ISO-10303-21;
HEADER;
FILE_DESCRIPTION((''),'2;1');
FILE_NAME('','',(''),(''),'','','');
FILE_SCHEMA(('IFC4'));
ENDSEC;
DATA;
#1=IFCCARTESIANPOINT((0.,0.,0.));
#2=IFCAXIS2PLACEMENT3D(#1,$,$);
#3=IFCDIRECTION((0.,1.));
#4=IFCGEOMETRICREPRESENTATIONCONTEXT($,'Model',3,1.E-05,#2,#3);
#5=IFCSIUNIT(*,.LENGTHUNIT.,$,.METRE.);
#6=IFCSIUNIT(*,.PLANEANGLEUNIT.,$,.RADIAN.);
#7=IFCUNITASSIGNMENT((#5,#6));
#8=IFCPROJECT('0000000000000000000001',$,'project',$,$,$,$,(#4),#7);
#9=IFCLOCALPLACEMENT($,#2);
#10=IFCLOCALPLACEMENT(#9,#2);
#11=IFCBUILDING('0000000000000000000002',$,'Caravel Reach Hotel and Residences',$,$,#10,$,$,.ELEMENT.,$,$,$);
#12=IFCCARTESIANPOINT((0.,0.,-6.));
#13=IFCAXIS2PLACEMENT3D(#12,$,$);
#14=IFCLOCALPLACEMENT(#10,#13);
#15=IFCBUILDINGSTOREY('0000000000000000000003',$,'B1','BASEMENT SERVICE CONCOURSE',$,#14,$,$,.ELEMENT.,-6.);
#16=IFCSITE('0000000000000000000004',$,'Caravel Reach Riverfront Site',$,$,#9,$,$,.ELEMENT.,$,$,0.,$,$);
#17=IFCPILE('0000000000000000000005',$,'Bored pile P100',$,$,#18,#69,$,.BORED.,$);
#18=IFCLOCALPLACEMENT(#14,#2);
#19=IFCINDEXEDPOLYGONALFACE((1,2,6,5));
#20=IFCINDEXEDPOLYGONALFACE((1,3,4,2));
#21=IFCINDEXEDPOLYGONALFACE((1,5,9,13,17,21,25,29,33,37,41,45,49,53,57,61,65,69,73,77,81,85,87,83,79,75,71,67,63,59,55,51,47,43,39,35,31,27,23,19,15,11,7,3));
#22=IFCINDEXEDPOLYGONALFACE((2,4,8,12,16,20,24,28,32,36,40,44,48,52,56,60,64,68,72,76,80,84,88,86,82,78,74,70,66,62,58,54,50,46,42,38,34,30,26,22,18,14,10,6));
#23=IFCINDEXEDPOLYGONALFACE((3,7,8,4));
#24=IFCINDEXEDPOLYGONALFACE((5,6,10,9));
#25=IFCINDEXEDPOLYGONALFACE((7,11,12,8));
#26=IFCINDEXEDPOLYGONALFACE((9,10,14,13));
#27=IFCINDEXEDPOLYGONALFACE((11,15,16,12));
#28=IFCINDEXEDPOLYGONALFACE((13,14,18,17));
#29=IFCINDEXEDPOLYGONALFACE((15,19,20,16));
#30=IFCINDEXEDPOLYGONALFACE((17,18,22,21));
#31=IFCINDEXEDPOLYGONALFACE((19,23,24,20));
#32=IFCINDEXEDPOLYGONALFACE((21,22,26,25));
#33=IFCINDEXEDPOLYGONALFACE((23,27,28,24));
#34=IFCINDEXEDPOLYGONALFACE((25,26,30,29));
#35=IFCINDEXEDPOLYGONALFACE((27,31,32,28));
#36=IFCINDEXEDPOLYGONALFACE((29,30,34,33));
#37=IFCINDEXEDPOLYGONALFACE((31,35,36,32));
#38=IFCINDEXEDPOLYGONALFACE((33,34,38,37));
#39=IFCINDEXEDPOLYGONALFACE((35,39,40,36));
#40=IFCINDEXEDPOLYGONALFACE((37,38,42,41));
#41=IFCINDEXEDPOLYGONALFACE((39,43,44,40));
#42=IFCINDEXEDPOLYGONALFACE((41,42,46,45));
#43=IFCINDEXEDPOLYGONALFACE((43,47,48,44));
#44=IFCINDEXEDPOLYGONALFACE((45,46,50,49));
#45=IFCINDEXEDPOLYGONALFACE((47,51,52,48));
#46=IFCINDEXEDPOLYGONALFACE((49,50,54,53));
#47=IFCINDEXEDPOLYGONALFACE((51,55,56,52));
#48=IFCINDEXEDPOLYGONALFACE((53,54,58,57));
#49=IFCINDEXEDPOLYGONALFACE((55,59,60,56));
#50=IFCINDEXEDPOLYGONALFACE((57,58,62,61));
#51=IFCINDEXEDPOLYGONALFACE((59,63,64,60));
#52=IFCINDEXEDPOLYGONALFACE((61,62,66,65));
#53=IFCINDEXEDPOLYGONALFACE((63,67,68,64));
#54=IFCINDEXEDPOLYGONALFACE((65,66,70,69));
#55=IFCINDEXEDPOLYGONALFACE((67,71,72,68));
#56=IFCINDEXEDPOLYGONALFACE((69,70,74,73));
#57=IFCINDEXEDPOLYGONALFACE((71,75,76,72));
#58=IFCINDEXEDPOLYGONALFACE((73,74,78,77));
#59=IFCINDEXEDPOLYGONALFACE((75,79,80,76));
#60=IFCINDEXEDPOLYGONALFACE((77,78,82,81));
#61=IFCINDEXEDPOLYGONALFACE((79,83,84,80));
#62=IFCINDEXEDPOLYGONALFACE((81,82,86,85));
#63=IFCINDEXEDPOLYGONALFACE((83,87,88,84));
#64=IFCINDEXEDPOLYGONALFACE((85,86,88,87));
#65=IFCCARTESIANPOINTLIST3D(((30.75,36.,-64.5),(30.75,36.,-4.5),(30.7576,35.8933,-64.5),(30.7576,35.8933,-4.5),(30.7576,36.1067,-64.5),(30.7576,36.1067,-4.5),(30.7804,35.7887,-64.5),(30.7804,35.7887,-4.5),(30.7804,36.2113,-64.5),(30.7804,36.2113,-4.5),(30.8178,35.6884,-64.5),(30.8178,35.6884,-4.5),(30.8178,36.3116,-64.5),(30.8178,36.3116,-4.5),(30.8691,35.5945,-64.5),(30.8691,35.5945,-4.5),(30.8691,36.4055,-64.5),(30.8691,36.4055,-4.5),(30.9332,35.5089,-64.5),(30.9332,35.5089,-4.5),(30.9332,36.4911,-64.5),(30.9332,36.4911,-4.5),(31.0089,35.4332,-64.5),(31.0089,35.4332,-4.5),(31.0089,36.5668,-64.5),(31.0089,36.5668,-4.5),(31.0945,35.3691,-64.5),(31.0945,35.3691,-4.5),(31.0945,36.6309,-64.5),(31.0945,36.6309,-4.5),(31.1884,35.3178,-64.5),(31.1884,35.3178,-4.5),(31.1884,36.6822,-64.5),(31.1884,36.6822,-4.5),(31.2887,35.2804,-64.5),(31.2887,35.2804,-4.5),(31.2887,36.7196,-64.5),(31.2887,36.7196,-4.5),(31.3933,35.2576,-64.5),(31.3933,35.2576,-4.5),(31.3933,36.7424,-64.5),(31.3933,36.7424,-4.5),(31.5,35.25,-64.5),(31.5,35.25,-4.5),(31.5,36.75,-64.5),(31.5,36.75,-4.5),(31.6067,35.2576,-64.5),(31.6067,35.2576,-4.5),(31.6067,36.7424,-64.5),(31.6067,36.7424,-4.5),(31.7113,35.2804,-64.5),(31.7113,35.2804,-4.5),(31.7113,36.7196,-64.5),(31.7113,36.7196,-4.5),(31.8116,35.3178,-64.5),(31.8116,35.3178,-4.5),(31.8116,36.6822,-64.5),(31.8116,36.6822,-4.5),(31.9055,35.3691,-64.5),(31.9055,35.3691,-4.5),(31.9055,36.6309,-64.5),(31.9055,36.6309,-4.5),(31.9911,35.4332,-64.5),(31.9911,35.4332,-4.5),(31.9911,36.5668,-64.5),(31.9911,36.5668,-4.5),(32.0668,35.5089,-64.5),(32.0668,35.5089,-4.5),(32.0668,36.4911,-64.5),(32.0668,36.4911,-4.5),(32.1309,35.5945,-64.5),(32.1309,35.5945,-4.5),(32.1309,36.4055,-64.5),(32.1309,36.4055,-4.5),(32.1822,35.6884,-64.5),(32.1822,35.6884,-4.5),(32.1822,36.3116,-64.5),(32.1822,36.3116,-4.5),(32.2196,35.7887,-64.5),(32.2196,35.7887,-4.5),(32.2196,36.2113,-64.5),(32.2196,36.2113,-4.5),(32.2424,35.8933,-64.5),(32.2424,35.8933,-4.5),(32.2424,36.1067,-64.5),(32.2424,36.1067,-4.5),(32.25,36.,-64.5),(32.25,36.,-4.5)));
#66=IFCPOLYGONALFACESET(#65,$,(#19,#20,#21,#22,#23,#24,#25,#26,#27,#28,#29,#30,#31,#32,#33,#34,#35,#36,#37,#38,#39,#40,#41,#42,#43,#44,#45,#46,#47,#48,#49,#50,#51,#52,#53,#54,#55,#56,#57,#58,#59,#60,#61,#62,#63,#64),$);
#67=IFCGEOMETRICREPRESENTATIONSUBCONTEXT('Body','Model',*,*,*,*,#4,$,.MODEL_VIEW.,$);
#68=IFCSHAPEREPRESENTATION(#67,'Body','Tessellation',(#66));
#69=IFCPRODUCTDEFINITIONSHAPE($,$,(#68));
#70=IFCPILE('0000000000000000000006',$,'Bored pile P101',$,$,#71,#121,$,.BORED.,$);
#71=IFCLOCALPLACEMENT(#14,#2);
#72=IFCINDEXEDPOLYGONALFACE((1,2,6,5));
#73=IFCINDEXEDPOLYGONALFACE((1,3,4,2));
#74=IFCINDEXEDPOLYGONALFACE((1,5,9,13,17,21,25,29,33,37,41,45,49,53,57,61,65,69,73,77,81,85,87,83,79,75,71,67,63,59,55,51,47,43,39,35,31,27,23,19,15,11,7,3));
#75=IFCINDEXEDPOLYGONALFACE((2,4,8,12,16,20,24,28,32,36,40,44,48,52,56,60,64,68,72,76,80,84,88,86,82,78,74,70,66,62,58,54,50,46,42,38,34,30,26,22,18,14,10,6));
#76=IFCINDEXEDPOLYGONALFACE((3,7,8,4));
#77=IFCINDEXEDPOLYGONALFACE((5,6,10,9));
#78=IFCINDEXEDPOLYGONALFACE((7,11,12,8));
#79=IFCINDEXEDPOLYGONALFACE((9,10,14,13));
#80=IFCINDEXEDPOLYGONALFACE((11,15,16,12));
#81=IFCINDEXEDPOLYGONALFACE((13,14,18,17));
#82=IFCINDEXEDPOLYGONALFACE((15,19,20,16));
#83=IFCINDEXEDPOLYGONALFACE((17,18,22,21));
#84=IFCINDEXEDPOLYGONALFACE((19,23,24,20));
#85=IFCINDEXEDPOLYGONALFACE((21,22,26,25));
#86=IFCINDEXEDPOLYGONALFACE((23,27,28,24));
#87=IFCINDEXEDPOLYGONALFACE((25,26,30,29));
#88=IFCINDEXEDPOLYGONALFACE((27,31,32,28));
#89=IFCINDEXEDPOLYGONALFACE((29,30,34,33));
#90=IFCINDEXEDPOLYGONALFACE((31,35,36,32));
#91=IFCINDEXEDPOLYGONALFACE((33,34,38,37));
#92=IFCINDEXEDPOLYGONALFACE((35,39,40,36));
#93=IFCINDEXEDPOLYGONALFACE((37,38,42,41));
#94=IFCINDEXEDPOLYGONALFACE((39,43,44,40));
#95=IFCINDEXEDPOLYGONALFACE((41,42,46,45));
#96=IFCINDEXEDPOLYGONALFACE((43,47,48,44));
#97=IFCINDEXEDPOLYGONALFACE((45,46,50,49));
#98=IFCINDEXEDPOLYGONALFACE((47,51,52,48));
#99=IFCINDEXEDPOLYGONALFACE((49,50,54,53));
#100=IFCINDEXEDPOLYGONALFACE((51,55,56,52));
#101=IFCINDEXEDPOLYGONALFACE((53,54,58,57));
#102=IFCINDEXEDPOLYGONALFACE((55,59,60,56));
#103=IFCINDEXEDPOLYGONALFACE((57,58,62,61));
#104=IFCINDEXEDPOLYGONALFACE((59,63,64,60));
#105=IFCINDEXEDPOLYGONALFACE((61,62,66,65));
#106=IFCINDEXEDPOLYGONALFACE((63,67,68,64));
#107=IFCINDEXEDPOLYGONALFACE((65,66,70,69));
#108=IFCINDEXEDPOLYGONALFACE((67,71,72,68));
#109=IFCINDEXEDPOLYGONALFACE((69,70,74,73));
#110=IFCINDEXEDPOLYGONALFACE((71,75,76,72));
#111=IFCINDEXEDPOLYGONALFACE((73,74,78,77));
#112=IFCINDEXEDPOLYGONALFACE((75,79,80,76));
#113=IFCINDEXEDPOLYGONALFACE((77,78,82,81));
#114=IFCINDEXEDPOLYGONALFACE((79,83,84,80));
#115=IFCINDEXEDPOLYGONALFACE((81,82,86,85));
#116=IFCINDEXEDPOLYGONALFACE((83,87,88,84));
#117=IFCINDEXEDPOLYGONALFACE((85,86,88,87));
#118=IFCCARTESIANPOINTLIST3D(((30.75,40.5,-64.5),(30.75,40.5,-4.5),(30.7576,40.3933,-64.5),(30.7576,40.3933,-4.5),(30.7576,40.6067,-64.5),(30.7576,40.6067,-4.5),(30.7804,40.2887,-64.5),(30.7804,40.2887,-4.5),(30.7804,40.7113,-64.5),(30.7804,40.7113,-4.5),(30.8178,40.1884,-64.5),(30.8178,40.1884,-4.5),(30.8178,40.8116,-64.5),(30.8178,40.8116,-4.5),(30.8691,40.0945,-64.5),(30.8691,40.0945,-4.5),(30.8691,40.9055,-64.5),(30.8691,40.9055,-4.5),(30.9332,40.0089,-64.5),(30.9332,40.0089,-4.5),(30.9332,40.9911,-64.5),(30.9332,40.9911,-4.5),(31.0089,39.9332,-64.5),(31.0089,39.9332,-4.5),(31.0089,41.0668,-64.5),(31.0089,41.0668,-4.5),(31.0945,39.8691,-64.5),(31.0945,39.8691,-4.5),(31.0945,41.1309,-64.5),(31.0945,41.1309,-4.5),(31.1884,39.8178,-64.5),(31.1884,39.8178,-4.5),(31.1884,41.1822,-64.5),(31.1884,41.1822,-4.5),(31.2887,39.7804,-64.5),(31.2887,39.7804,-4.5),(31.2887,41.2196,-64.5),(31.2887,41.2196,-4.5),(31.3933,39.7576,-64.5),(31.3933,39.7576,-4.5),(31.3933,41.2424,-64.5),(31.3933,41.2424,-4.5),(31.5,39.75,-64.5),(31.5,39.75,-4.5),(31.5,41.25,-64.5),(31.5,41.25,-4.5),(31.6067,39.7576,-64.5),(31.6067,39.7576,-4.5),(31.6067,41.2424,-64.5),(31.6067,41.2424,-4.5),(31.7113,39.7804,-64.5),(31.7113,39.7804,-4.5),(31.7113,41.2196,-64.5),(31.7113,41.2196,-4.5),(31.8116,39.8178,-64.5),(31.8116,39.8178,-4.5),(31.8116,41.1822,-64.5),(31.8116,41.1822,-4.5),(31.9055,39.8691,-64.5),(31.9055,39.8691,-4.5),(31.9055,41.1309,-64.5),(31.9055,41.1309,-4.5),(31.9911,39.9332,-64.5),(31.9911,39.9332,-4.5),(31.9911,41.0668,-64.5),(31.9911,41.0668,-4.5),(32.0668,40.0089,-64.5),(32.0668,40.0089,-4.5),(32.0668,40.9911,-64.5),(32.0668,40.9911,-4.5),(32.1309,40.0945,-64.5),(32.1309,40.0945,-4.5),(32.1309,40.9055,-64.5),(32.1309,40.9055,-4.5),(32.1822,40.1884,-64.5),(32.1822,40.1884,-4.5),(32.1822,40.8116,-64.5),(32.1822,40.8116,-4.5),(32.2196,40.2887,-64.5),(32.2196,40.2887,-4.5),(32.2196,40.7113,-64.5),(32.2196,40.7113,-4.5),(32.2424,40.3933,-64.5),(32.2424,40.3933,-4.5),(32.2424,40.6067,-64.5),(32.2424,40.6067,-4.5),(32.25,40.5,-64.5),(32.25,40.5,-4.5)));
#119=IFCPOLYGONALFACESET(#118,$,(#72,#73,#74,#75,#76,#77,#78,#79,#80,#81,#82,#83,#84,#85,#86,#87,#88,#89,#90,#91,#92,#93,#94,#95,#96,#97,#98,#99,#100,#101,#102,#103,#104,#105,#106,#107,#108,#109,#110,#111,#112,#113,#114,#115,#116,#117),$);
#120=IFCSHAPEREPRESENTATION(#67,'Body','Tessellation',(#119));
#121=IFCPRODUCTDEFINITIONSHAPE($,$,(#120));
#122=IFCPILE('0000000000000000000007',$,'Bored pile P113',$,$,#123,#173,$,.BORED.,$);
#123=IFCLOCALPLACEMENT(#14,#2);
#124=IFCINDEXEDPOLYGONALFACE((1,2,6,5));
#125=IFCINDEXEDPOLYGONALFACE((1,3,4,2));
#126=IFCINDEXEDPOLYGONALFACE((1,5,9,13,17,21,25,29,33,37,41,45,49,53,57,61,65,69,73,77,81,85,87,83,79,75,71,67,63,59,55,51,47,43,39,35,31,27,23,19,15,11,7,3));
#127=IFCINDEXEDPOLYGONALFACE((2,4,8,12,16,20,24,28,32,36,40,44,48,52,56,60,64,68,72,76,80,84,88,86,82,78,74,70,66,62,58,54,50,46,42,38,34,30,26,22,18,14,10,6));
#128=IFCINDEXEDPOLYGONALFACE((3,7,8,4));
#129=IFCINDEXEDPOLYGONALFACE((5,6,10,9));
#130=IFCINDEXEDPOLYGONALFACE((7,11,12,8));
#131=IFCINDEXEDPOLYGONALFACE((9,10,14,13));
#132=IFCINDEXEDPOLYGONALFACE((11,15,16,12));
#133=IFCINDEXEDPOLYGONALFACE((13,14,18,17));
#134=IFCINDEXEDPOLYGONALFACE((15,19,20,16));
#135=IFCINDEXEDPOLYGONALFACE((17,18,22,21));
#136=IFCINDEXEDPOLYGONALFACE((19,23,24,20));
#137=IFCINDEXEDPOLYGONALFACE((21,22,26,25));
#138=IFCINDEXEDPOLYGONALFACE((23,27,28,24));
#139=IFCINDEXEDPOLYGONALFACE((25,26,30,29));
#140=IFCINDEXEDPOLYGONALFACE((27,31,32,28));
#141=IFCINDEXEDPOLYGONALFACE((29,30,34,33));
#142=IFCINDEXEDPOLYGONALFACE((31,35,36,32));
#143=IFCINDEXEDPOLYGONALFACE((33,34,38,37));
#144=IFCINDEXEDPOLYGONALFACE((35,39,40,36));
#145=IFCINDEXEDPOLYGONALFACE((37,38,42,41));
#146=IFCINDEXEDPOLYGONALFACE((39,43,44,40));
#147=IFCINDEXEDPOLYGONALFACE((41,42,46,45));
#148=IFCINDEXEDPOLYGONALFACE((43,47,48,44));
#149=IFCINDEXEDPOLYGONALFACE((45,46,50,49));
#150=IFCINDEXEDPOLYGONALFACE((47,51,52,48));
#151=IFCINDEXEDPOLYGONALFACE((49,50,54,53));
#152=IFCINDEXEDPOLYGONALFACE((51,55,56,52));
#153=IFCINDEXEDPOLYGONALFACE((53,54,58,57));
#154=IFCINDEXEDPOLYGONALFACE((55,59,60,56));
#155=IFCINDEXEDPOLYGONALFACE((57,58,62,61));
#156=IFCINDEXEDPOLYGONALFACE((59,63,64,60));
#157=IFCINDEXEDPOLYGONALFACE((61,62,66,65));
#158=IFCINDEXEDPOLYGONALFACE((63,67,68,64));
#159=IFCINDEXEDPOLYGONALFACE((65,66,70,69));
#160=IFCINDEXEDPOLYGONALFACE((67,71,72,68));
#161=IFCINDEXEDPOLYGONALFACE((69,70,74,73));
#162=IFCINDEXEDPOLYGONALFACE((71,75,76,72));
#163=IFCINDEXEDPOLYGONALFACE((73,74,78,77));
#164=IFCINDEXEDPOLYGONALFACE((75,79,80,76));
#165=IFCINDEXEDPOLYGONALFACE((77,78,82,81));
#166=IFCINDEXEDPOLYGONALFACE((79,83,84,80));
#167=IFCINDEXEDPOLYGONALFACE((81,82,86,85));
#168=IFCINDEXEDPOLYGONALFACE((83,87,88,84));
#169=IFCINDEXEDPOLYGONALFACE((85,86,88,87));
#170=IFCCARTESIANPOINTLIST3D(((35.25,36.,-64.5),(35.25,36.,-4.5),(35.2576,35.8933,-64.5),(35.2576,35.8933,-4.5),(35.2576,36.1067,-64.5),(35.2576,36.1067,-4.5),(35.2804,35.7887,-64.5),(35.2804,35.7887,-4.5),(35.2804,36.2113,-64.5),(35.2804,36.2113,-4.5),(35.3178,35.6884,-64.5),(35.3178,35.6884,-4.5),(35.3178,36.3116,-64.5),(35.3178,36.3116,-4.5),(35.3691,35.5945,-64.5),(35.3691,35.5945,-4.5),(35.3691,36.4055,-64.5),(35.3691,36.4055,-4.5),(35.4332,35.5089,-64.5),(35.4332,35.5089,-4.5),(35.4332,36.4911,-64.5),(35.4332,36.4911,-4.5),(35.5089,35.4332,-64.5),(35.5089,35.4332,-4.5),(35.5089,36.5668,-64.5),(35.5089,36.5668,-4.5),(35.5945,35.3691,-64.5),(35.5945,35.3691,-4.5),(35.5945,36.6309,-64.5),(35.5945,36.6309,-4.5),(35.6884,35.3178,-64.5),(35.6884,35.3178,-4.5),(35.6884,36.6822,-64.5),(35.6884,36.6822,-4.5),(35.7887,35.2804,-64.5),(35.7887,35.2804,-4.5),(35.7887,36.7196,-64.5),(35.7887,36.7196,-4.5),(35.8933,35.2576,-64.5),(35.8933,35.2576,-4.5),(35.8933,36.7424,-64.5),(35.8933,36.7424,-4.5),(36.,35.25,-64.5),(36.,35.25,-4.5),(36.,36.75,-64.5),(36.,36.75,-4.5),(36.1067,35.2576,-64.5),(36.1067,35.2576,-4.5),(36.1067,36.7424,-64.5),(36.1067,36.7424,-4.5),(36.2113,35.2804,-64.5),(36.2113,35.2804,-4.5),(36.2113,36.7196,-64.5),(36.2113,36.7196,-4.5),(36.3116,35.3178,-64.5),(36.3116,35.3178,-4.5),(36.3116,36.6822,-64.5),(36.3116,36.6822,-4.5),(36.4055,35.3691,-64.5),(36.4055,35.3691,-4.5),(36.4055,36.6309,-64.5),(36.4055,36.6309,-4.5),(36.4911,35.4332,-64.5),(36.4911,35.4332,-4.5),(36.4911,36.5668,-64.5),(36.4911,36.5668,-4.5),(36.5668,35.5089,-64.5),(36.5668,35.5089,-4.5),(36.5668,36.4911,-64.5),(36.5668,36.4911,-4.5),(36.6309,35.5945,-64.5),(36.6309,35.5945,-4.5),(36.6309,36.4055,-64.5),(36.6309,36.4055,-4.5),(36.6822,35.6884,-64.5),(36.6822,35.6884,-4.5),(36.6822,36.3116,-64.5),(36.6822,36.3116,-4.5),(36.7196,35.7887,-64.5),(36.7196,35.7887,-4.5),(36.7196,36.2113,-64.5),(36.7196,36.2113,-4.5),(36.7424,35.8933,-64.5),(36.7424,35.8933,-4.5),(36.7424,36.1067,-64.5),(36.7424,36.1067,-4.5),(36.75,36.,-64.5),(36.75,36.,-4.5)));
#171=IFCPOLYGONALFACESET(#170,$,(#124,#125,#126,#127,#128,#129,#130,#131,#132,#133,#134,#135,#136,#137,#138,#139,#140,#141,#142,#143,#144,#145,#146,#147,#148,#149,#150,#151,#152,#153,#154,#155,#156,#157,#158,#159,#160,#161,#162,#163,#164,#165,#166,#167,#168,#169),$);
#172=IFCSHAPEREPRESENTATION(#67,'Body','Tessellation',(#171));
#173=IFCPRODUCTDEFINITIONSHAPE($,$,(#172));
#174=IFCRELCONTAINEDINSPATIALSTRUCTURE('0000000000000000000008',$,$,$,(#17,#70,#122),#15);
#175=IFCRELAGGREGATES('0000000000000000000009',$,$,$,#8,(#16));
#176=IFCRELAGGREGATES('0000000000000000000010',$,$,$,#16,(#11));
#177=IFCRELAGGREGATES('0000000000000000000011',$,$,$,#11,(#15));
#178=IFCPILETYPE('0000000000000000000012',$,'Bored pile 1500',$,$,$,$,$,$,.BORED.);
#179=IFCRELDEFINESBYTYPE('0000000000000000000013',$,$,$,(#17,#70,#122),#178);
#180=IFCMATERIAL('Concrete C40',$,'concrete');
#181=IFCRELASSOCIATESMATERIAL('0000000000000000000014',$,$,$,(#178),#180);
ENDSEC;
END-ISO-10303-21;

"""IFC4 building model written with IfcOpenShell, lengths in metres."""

from ifc_helpers import new_model, si_unit, direction, frame, origin, origin_2d, place, context, subcontext, project, spatial, circle, extrude, material, material_profile, profile_set, type_object, element, save


model = new_model("IFC4")

# Units and contexts
model_context = context("Model", 3, precision=1e-05, world=origin(), true_north=direction((0.0, 1.0)))
body_context = subcontext(model_context, "Body", "Model", "MODEL_VIEW")
ifc_project = project(units=[si_unit("LENGTHUNIT", "METRE"), si_unit("PLANEANGLEUNIT", "RADIAN")], contexts=[model_context])

# Site, building, storey
site_placement = place(None, origin())
site = spatial("IfcSite", under=ifc_project, at=site_placement, Name="Caravel Reach Riverfront Site", CompositionType="ELEMENT", RefElevation=0.0)
building_placement = place(site_placement, origin())
building = spatial("IfcBuilding", under=site, at=building_placement, Name="Caravel Reach Hotel and Residences", CompositionType="ELEMENT")
storey_placement = place(building_placement, frame((0.0, 0.0, -6.0)))
storey = spatial("IfcBuildingStorey", under=building, at=storey_placement, Name="B1", Description="BASEMENT SERVICE CONCOURSE", CompositionType="ELEMENT", Elevation=-6.0)

# Piles
ifc_material_1 = material(Name="Concrete C40", Category="concrete")
ifc_material_profile_1 = material_profile(ifc_material_1, circle(Radius=0.75, at=origin_2d()), Name="PILE 1500")
ifc_profile_set_1 = profile_set([ifc_material_profile_1], Name="Concrete C40")
pile_type_1 = type_object("IfcPileType", Name="Bored pile 1500", PredefinedType="BORED", material=ifc_profile_set_1)
for number, where, z_axis, x_axis, name in (
    (1, (31.5, 36.0, -4.5), (0.0, 0.0, -1.0), (1.0, 0.0, 0.0), "Bored pile P100"),
    (2, (31.5, 40.5, -4.5), (0.0, 0.0, -1.0), (1.0, 0.0, 0.0), "Bored pile P101"),
    (3, (36.0, 36.0, -4.5), (0.0, 0.0, -1.0), (1.0, 0.0, 0.0), "Bored pile P113"),
):
    element("IfcPile", number, at=place(storey_placement, frame(where, z_axis=z_axis, x_axis=x_axis)), inside=storey, type_object=pile_type_1, Name=name, PredefinedType="BORED", context=body_context, shape_type="SweptSolid", body=[
        extrude(circle(Radius=0.75, at=origin_2d()), origin(), (0.0, 0.0, 1.0), 60.0),
    ])

save(model, "model.ifc")
